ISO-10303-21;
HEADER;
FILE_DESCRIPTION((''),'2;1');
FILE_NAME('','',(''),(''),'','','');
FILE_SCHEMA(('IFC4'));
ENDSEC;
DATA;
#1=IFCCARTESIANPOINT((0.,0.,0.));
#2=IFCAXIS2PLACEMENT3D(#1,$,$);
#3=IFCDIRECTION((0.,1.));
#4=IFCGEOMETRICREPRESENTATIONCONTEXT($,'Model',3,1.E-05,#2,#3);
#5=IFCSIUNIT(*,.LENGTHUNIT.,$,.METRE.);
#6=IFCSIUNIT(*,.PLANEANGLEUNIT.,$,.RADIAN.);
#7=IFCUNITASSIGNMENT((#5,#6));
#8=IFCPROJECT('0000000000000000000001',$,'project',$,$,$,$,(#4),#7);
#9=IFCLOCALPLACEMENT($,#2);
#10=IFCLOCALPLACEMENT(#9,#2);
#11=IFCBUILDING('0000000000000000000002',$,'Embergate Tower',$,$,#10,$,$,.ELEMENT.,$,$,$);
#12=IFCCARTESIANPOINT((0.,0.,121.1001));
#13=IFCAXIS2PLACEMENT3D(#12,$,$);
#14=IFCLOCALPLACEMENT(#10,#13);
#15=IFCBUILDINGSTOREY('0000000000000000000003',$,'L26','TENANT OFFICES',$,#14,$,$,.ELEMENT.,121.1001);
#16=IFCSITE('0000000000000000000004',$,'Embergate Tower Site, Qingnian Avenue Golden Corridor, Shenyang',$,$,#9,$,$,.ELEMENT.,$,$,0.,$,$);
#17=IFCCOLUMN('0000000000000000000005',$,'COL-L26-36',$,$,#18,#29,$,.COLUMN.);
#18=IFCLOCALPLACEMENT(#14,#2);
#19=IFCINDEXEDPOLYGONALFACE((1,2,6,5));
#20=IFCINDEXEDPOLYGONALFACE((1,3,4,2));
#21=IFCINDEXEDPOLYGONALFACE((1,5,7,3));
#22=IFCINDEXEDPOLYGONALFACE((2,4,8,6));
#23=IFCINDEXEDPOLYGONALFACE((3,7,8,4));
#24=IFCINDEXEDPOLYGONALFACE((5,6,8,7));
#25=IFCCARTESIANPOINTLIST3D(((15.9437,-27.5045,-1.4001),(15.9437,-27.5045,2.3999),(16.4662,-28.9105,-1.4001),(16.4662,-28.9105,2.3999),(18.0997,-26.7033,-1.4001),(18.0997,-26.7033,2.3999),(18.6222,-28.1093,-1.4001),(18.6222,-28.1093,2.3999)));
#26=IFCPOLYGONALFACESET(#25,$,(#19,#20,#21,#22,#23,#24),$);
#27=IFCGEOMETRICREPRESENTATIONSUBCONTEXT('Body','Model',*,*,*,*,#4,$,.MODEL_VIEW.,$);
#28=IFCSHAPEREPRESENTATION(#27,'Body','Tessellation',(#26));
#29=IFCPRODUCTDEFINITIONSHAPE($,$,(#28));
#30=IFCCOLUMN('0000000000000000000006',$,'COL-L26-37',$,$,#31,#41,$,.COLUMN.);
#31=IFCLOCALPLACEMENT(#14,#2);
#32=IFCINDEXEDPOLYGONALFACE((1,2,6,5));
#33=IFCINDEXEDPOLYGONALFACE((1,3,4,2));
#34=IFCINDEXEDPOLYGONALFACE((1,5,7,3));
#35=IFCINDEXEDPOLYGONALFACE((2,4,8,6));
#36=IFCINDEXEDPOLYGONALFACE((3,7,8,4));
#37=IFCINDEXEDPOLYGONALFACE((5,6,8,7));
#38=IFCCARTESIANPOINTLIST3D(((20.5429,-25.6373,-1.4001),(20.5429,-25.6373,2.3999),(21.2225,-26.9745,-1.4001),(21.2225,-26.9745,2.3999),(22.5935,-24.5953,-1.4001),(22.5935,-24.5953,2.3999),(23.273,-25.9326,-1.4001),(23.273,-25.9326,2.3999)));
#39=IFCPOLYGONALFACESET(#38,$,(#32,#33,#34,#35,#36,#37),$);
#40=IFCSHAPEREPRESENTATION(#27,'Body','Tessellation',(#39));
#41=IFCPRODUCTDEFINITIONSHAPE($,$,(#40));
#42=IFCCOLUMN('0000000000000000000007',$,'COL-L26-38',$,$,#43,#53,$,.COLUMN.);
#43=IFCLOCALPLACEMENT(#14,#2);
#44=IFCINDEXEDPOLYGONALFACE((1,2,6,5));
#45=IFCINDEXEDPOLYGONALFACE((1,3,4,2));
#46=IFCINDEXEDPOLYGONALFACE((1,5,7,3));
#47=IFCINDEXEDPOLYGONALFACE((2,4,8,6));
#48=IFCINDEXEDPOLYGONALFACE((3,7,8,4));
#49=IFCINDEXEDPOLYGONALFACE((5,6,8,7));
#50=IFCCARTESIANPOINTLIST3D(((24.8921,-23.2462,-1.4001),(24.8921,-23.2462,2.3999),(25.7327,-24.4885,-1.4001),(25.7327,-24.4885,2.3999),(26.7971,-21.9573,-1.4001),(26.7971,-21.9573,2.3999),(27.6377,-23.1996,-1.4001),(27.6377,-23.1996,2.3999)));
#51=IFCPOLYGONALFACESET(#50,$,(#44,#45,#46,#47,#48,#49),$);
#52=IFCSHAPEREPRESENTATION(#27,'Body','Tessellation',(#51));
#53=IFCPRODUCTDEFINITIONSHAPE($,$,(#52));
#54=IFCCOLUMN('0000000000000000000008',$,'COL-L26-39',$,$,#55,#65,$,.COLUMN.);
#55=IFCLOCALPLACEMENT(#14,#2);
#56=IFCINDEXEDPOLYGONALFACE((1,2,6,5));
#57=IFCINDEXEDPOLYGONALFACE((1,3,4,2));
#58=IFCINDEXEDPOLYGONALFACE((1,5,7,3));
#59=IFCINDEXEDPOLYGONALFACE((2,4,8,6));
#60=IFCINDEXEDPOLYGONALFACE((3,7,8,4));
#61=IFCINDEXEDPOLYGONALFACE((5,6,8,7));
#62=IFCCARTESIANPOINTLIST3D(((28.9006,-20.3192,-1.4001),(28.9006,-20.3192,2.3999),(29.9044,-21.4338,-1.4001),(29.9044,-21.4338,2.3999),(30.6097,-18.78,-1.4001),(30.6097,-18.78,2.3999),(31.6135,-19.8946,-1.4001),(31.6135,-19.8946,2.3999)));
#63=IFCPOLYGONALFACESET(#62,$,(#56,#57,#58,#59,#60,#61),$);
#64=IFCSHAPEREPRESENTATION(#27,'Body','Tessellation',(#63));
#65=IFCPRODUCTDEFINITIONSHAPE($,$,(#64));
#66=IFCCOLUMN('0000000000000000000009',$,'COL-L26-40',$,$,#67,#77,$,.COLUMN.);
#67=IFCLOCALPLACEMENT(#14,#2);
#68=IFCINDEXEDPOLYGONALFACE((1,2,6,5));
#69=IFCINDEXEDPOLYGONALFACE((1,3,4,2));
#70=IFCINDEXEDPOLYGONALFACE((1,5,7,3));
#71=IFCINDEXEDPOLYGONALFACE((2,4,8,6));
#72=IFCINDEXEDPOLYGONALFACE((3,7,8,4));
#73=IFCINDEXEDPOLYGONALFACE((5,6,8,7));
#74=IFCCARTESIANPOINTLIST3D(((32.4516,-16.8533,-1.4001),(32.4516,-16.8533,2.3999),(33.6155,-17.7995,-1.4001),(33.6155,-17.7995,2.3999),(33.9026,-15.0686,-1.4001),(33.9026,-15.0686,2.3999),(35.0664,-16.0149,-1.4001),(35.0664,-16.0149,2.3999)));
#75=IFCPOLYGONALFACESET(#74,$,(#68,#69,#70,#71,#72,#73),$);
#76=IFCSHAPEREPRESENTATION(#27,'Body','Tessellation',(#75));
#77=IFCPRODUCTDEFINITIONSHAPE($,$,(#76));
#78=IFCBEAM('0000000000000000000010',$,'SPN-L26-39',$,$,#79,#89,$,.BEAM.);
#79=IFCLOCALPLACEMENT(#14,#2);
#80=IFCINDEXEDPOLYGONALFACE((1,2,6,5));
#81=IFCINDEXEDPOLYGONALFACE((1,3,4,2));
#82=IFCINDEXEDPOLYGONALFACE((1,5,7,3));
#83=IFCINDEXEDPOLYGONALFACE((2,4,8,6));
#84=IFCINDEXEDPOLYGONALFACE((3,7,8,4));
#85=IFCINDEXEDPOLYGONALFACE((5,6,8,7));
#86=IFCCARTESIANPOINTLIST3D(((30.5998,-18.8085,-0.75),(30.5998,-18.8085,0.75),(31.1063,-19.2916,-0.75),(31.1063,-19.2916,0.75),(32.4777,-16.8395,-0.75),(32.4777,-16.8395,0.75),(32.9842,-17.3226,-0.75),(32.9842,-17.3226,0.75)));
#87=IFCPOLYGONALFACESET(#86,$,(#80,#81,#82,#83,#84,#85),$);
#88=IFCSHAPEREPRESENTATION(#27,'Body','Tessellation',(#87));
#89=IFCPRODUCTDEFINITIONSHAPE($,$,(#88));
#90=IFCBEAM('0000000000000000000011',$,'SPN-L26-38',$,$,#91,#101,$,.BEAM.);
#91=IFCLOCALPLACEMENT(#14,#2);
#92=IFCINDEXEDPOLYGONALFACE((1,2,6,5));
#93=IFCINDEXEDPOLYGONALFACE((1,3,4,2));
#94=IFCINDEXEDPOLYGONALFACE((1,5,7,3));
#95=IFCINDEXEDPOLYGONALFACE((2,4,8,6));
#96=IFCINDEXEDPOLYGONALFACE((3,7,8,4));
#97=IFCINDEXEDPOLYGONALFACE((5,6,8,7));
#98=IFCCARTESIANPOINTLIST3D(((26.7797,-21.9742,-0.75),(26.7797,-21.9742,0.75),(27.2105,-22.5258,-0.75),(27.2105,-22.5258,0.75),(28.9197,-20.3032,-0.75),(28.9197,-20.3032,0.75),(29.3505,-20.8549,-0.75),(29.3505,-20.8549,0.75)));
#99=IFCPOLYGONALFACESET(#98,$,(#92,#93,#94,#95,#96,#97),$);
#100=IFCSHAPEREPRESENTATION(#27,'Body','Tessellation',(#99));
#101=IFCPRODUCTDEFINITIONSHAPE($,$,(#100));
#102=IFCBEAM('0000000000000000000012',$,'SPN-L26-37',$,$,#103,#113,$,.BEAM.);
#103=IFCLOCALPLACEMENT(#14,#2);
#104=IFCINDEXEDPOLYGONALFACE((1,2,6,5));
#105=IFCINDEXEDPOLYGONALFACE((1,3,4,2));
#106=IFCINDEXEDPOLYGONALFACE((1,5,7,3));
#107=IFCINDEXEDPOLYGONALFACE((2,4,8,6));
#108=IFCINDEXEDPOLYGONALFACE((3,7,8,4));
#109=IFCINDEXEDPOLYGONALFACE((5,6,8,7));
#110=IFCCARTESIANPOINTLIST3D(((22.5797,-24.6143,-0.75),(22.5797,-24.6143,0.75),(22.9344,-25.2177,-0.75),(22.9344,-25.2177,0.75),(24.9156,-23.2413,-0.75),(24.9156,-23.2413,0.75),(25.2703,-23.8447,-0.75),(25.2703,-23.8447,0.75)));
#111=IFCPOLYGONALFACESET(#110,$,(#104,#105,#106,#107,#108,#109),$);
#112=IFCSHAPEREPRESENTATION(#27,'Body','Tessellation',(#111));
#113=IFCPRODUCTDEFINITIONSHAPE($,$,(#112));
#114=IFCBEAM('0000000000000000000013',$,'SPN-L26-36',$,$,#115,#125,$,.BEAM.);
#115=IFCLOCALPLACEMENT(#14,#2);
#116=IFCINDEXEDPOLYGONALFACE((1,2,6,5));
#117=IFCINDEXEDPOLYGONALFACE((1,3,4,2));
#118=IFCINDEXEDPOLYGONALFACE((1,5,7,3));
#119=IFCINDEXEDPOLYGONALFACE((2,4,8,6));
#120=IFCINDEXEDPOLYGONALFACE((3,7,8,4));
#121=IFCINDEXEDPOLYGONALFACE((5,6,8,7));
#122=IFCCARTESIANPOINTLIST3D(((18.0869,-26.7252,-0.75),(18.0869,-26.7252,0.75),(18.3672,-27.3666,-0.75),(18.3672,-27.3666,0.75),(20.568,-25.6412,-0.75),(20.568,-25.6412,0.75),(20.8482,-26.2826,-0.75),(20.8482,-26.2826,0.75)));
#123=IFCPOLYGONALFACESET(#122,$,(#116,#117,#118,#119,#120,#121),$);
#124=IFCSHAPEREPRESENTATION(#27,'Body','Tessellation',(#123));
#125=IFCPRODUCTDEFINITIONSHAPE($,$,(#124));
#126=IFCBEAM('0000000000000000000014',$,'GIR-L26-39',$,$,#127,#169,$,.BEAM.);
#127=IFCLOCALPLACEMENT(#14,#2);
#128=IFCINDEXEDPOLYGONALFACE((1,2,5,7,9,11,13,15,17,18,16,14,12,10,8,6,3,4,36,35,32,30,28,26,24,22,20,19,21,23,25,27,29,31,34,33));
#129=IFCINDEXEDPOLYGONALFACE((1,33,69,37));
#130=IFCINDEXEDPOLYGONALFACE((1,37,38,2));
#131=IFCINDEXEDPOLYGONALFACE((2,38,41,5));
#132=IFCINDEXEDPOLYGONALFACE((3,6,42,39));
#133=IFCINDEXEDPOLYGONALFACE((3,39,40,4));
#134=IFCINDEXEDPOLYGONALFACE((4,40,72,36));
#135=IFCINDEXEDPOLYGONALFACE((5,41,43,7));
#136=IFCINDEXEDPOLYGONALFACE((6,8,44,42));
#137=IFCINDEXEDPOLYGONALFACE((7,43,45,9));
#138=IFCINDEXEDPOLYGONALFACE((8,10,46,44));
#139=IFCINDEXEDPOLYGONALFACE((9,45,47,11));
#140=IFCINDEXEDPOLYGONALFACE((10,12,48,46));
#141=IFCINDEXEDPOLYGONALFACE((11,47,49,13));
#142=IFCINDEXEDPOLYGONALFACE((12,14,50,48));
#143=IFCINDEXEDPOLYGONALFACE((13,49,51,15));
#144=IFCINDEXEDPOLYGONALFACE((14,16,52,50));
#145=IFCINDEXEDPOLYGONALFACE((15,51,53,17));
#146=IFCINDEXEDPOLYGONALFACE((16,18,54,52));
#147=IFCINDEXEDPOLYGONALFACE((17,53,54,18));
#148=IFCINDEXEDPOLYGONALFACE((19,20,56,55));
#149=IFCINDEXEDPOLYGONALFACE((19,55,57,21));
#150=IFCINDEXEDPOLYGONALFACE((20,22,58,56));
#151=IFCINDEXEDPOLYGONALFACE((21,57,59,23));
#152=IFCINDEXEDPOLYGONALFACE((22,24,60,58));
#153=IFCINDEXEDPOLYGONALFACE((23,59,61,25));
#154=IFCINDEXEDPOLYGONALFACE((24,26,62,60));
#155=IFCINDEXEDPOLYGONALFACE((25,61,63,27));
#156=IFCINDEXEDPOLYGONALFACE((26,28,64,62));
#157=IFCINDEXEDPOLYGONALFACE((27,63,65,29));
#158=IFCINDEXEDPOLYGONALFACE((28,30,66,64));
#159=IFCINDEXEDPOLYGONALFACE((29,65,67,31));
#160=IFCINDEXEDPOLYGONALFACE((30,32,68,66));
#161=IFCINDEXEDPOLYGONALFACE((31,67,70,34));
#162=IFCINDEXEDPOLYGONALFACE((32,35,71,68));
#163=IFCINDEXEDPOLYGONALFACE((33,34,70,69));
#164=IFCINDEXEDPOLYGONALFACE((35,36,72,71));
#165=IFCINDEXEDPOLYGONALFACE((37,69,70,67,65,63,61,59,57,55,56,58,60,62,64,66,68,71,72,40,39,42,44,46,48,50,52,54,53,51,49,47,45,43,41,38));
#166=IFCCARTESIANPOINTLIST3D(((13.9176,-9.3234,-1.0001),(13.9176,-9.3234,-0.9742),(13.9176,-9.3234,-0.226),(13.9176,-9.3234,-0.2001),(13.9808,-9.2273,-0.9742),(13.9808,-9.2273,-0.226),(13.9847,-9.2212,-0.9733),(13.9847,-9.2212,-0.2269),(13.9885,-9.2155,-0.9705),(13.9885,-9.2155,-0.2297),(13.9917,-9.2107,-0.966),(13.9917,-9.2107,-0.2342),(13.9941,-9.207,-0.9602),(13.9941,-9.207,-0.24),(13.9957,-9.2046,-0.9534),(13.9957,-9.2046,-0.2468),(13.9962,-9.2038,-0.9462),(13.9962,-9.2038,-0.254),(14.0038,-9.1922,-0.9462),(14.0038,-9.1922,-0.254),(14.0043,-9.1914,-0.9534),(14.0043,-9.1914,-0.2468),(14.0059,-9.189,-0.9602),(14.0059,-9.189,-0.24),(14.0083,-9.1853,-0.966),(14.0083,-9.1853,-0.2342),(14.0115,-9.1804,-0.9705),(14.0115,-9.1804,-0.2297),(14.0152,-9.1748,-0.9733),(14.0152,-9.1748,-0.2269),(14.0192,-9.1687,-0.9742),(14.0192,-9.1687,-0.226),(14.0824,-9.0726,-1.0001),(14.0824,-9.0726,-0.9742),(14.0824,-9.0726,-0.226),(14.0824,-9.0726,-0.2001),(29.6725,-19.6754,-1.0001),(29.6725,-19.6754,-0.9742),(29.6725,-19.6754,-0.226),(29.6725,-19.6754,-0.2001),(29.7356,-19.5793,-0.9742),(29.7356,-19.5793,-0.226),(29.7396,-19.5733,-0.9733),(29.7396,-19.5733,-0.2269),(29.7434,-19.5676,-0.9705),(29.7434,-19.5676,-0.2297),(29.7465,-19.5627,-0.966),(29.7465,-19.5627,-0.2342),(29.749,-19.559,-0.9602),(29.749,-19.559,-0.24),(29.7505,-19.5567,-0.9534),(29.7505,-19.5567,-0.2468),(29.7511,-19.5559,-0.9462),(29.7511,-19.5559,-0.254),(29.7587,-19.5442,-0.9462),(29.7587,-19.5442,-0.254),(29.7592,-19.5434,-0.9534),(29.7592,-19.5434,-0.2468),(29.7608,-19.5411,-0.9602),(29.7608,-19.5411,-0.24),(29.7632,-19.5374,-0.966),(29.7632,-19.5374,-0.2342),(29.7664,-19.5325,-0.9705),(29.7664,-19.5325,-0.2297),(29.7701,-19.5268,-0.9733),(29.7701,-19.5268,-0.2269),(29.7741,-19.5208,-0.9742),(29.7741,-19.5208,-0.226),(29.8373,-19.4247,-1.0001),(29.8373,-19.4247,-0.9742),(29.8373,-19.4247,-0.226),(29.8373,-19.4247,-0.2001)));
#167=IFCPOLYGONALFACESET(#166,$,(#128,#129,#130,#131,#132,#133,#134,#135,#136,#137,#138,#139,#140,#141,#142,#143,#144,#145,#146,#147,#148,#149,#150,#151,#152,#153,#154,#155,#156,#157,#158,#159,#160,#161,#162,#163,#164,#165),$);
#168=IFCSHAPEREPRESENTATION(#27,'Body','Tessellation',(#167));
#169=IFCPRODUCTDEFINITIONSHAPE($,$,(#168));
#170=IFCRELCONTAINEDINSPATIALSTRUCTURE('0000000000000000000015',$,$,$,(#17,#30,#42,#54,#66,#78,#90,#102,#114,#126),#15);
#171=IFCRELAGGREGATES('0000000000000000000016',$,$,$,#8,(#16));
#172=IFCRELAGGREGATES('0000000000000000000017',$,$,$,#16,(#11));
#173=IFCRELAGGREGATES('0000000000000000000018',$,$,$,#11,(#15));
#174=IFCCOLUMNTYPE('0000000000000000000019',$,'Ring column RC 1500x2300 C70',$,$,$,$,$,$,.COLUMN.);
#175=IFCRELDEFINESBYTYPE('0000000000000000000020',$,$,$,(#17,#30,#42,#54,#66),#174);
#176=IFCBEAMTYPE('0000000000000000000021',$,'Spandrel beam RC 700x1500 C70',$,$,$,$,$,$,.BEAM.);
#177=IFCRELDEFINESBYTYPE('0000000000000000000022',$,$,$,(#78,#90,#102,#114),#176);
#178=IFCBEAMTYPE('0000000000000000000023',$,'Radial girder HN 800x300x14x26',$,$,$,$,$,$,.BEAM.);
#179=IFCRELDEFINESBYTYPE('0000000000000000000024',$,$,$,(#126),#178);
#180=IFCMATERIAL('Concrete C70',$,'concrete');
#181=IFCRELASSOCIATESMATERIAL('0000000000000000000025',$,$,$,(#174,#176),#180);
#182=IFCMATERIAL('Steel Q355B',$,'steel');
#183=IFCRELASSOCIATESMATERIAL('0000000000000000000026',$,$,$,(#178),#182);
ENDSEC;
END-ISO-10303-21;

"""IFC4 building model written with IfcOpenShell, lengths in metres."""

from ifc_helpers import new_model, si_unit, direction, frame, origin, origin_2d, place, context, subcontext, project, spatial, rectangle, i_section, extrude, source, transform, mapped, material, material_profile, profile_set, type_object, element, save


model = new_model("IFC4")

# Units and contexts
model_context = context("Model", 3, precision=1e-05, world=origin(), true_north=direction((0.0, 1.0)))
body_context = subcontext(model_context, "Body", "Model", "MODEL_VIEW")
ifc_project = project(units=[si_unit("LENGTHUNIT", "METRE"), si_unit("PLANEANGLEUNIT", "RADIAN")], contexts=[model_context])

# Site, building, storey
site_placement = place(None, origin())
site = spatial("IfcSite", under=ifc_project, at=site_placement, Name="Embergate Tower Site, Qingnian Avenue Golden Corridor, Shenyang", CompositionType="ELEMENT", RefElevation=0.0)
building_placement = place(site_placement, origin())
building = spatial("IfcBuilding", under=site, at=building_placement, Name="Embergate Tower", CompositionType="ELEMENT")
storey_placement = place(building_placement, frame((0.0, 0.0, 121.1001)))
storey = spatial("IfcBuildingStorey", under=building, at=storey_placement, Name="L26", Description="TENANT OFFICES", CompositionType="ELEMENT", Elevation=121.1001)

# Columns
ifc_material_1 = material(Name="Concrete C70", Category="concrete")
ifc_material_profile_1 = material_profile(ifc_material_1, rectangle(XDim=1.5, YDim=2.3, at=origin_2d()), Name="RC 1500x2300")
ifc_profile_set_1 = profile_set([ifc_material_profile_1], Name="Concrete C70")
column_type = type_object("IfcColumnType", Name="Ring column RC 1500x2300 C70", PredefinedType="COLUMN", material=ifc_profile_set_1)
shared_shape_1 = source(origin(), body_context, "Body", "SweptSolid", [
    extrude(rectangle(XDim=1.5, YDim=2.3, at=origin_2d()), origin(), (0.0, 0.0, 1.0), 3.8),
])
for number, where, z_axis, x_axis, name in (
    (1, (17.283, -27.8069, -1.4001), (0.0, 0.0, 1.0), (0.348343, -0.937367, 0.0), "COL-L26-36"),
    (2, (21.908, -25.7849, -1.4001), (0.0, 0.0, 1.0), (0.453011, -0.891505, 0.0), "COL-L26-37"),
    (3, (26.2649, -23.2229, -1.4001), (0.0, 0.0, 1.0), (0.560393, -0.828227, 0.0), "COL-L26-38"),
    (4, (30.2571, -20.1069, -1.4001), (0.0, 0.0, 1.0), (0.669208, -0.743075, 0.0), "COL-L26-39"),
    (5, (33.759, -16.4341, -1.4001), (0.0, 0.0, 1.0), (0.775925, -0.630825, 0.0), "COL-L26-40"),
):
    element("IfcColumn", number, at=place(storey_placement, frame(where, z_axis=z_axis, x_axis=x_axis)), inside=storey, type_object=column_type, Name=name, PredefinedType="COLUMN", context=body_context, shape_type="MappedRepresentation", body=[
        mapped(shared_shape_1, transform((0.0, 0.0, 0.0))),
    ])

# Beams
ifc_material_profile_2 = material_profile(ifc_material_1, rectangle(XDim=0.7, YDim=1.5, at=origin_2d()), Name="RC 700x1500")
ifc_profile_set_2 = profile_set([ifc_material_profile_2], Name="Concrete C70")
beam_type_1 = type_object("IfcBeamType", Name="Spandrel beam RC 700x1500 C70", PredefinedType="BEAM", material=ifc_profile_set_2)
shared_shape_2 = source(origin(), body_context, "Body", "SweptSolid", [
    extrude(rectangle(XDim=0.7, YDim=1.5, at=origin_2d()), origin(), (0.0, 0.0, 1.0), 2.7209),
])
beam_1_placement = place(storey_placement, frame((30.853, -19.05, 0.0), z_axis=(0.690175, 0.723643, 0.0), x_axis=(-0.723643, 0.690175, 0.0)))
element("IfcBeam", 6, at=beam_1_placement, inside=storey, type_object=beam_type_1, Name="SPN-L26-39", PredefinedType="BEAM", context=body_context, shape_type="MappedRepresentation", body=[
    mapped(shared_shape_2, transform((0.0, 0.0, 0.0))),
])
shared_shape_3 = source(origin(), body_context, "Body", "SweptSolid", [
    extrude(rectangle(XDim=0.7, YDim=1.5, at=origin_2d()), origin(), (0.0, 0.0, 1.0), 2.7151),
])
beam_2_placement = place(storey_placement, frame((26.9951, -22.25, 0.0), z_axis=(0.788184, 0.61544, 0.0), x_axis=(-0.61544, 0.788184, 0.0)))
element("IfcBeam", 7, at=beam_2_placement, inside=storey, type_object=beam_type_1, Name="SPN-L26-38", PredefinedType="BEAM", context=body_context, shape_type="MappedRepresentation", body=[
    mapped(shared_shape_3, transform((0.0, 0.0, 0.0))),
])
shared_shape_4 = source(origin(), body_context, "Body", "SweptSolid", [
    extrude(rectangle(XDim=0.7, YDim=1.5, at=origin_2d()), origin(), (0.0, 0.0, 1.0), 2.7095),
])
beam_3_placement = place(storey_placement, frame((22.7571, -24.916, 0.0), z_axis=(0.862101, 0.506737, 0.0), x_axis=(-0.506737, 0.862101, 0.0)))
element("IfcBeam", 8, at=beam_3_placement, inside=storey, type_object=beam_type_1, Name="SPN-L26-37", PredefinedType="BEAM", context=body_context, shape_type="MappedRepresentation", body=[
    mapped(shared_shape_4, transform((0.0, 0.0, 0.0))),
])
shared_shape_5 = source(origin(), body_context, "Body", "SweptSolid", [
    extrude(rectangle(XDim=0.7, YDim=1.5, at=origin_2d()), origin(), (0.0, 0.0, 1.0), 2.7075),
])
beam_4_placement = place(storey_placement, frame((18.2271, -27.0459, 0.0), z_axis=(0.916352, 0.400374, 0.0), x_axis=(-0.400374, 0.916352, 0.0)))
element("IfcBeam", 9, at=beam_4_placement, inside=storey, type_object=beam_type_1, Name="SPN-L26-36", PredefinedType="BEAM", context=body_context, shape_type="MappedRepresentation", body=[
    mapped(shared_shape_5, transform((0.0, 0.0, 0.0))),
])
ifc_material_2 = material(Name="Steel Q355B", Category="steel")
ifc_material_profile_3 = material_profile(ifc_material_2, i_section(OverallWidth=0.3, OverallDepth=0.8, WebThickness=0.0139, FlangeThickness=0.0259, FilletRadius=0.0281, at=origin_2d()), Name="HN 800x300x14x26")
ifc_profile_set_3 = profile_set([ifc_material_profile_3], Name="Steel Q355 grade B")
beam_type_2 = type_object("IfcBeamType", Name="Radial girder HN 800x300x14x26", PredefinedType="BEAM", material=ifc_profile_set_3)
shared_shape_6 = source(origin(), body_context, "Body", "SweptSolid", [
    extrude(i_section(OverallWidth=0.3, OverallDepth=0.8, WebThickness=0.0139, FlangeThickness=0.0259, FilletRadius=0.0281, at=origin_2d()), origin(), (0.0, 0.0, 1.0), 18.8516),
])
beam_5_placement = place(storey_placement, frame((29.7549, -19.55, -0.6001), z_axis=(-0.835734, 0.549135, 0.0), x_axis=(-0.549135, -0.835734, 0.0)))
element("IfcBeam", 10, at=beam_5_placement, inside=storey, type_object=beam_type_2, Name="GIR-L26-39", PredefinedType="BEAM", context=body_context, shape_type="MappedRepresentation", body=[
    mapped(shared_shape_6, transform((0.0, 0.0, 0.0))),
])

save(model, "model.ifc")
